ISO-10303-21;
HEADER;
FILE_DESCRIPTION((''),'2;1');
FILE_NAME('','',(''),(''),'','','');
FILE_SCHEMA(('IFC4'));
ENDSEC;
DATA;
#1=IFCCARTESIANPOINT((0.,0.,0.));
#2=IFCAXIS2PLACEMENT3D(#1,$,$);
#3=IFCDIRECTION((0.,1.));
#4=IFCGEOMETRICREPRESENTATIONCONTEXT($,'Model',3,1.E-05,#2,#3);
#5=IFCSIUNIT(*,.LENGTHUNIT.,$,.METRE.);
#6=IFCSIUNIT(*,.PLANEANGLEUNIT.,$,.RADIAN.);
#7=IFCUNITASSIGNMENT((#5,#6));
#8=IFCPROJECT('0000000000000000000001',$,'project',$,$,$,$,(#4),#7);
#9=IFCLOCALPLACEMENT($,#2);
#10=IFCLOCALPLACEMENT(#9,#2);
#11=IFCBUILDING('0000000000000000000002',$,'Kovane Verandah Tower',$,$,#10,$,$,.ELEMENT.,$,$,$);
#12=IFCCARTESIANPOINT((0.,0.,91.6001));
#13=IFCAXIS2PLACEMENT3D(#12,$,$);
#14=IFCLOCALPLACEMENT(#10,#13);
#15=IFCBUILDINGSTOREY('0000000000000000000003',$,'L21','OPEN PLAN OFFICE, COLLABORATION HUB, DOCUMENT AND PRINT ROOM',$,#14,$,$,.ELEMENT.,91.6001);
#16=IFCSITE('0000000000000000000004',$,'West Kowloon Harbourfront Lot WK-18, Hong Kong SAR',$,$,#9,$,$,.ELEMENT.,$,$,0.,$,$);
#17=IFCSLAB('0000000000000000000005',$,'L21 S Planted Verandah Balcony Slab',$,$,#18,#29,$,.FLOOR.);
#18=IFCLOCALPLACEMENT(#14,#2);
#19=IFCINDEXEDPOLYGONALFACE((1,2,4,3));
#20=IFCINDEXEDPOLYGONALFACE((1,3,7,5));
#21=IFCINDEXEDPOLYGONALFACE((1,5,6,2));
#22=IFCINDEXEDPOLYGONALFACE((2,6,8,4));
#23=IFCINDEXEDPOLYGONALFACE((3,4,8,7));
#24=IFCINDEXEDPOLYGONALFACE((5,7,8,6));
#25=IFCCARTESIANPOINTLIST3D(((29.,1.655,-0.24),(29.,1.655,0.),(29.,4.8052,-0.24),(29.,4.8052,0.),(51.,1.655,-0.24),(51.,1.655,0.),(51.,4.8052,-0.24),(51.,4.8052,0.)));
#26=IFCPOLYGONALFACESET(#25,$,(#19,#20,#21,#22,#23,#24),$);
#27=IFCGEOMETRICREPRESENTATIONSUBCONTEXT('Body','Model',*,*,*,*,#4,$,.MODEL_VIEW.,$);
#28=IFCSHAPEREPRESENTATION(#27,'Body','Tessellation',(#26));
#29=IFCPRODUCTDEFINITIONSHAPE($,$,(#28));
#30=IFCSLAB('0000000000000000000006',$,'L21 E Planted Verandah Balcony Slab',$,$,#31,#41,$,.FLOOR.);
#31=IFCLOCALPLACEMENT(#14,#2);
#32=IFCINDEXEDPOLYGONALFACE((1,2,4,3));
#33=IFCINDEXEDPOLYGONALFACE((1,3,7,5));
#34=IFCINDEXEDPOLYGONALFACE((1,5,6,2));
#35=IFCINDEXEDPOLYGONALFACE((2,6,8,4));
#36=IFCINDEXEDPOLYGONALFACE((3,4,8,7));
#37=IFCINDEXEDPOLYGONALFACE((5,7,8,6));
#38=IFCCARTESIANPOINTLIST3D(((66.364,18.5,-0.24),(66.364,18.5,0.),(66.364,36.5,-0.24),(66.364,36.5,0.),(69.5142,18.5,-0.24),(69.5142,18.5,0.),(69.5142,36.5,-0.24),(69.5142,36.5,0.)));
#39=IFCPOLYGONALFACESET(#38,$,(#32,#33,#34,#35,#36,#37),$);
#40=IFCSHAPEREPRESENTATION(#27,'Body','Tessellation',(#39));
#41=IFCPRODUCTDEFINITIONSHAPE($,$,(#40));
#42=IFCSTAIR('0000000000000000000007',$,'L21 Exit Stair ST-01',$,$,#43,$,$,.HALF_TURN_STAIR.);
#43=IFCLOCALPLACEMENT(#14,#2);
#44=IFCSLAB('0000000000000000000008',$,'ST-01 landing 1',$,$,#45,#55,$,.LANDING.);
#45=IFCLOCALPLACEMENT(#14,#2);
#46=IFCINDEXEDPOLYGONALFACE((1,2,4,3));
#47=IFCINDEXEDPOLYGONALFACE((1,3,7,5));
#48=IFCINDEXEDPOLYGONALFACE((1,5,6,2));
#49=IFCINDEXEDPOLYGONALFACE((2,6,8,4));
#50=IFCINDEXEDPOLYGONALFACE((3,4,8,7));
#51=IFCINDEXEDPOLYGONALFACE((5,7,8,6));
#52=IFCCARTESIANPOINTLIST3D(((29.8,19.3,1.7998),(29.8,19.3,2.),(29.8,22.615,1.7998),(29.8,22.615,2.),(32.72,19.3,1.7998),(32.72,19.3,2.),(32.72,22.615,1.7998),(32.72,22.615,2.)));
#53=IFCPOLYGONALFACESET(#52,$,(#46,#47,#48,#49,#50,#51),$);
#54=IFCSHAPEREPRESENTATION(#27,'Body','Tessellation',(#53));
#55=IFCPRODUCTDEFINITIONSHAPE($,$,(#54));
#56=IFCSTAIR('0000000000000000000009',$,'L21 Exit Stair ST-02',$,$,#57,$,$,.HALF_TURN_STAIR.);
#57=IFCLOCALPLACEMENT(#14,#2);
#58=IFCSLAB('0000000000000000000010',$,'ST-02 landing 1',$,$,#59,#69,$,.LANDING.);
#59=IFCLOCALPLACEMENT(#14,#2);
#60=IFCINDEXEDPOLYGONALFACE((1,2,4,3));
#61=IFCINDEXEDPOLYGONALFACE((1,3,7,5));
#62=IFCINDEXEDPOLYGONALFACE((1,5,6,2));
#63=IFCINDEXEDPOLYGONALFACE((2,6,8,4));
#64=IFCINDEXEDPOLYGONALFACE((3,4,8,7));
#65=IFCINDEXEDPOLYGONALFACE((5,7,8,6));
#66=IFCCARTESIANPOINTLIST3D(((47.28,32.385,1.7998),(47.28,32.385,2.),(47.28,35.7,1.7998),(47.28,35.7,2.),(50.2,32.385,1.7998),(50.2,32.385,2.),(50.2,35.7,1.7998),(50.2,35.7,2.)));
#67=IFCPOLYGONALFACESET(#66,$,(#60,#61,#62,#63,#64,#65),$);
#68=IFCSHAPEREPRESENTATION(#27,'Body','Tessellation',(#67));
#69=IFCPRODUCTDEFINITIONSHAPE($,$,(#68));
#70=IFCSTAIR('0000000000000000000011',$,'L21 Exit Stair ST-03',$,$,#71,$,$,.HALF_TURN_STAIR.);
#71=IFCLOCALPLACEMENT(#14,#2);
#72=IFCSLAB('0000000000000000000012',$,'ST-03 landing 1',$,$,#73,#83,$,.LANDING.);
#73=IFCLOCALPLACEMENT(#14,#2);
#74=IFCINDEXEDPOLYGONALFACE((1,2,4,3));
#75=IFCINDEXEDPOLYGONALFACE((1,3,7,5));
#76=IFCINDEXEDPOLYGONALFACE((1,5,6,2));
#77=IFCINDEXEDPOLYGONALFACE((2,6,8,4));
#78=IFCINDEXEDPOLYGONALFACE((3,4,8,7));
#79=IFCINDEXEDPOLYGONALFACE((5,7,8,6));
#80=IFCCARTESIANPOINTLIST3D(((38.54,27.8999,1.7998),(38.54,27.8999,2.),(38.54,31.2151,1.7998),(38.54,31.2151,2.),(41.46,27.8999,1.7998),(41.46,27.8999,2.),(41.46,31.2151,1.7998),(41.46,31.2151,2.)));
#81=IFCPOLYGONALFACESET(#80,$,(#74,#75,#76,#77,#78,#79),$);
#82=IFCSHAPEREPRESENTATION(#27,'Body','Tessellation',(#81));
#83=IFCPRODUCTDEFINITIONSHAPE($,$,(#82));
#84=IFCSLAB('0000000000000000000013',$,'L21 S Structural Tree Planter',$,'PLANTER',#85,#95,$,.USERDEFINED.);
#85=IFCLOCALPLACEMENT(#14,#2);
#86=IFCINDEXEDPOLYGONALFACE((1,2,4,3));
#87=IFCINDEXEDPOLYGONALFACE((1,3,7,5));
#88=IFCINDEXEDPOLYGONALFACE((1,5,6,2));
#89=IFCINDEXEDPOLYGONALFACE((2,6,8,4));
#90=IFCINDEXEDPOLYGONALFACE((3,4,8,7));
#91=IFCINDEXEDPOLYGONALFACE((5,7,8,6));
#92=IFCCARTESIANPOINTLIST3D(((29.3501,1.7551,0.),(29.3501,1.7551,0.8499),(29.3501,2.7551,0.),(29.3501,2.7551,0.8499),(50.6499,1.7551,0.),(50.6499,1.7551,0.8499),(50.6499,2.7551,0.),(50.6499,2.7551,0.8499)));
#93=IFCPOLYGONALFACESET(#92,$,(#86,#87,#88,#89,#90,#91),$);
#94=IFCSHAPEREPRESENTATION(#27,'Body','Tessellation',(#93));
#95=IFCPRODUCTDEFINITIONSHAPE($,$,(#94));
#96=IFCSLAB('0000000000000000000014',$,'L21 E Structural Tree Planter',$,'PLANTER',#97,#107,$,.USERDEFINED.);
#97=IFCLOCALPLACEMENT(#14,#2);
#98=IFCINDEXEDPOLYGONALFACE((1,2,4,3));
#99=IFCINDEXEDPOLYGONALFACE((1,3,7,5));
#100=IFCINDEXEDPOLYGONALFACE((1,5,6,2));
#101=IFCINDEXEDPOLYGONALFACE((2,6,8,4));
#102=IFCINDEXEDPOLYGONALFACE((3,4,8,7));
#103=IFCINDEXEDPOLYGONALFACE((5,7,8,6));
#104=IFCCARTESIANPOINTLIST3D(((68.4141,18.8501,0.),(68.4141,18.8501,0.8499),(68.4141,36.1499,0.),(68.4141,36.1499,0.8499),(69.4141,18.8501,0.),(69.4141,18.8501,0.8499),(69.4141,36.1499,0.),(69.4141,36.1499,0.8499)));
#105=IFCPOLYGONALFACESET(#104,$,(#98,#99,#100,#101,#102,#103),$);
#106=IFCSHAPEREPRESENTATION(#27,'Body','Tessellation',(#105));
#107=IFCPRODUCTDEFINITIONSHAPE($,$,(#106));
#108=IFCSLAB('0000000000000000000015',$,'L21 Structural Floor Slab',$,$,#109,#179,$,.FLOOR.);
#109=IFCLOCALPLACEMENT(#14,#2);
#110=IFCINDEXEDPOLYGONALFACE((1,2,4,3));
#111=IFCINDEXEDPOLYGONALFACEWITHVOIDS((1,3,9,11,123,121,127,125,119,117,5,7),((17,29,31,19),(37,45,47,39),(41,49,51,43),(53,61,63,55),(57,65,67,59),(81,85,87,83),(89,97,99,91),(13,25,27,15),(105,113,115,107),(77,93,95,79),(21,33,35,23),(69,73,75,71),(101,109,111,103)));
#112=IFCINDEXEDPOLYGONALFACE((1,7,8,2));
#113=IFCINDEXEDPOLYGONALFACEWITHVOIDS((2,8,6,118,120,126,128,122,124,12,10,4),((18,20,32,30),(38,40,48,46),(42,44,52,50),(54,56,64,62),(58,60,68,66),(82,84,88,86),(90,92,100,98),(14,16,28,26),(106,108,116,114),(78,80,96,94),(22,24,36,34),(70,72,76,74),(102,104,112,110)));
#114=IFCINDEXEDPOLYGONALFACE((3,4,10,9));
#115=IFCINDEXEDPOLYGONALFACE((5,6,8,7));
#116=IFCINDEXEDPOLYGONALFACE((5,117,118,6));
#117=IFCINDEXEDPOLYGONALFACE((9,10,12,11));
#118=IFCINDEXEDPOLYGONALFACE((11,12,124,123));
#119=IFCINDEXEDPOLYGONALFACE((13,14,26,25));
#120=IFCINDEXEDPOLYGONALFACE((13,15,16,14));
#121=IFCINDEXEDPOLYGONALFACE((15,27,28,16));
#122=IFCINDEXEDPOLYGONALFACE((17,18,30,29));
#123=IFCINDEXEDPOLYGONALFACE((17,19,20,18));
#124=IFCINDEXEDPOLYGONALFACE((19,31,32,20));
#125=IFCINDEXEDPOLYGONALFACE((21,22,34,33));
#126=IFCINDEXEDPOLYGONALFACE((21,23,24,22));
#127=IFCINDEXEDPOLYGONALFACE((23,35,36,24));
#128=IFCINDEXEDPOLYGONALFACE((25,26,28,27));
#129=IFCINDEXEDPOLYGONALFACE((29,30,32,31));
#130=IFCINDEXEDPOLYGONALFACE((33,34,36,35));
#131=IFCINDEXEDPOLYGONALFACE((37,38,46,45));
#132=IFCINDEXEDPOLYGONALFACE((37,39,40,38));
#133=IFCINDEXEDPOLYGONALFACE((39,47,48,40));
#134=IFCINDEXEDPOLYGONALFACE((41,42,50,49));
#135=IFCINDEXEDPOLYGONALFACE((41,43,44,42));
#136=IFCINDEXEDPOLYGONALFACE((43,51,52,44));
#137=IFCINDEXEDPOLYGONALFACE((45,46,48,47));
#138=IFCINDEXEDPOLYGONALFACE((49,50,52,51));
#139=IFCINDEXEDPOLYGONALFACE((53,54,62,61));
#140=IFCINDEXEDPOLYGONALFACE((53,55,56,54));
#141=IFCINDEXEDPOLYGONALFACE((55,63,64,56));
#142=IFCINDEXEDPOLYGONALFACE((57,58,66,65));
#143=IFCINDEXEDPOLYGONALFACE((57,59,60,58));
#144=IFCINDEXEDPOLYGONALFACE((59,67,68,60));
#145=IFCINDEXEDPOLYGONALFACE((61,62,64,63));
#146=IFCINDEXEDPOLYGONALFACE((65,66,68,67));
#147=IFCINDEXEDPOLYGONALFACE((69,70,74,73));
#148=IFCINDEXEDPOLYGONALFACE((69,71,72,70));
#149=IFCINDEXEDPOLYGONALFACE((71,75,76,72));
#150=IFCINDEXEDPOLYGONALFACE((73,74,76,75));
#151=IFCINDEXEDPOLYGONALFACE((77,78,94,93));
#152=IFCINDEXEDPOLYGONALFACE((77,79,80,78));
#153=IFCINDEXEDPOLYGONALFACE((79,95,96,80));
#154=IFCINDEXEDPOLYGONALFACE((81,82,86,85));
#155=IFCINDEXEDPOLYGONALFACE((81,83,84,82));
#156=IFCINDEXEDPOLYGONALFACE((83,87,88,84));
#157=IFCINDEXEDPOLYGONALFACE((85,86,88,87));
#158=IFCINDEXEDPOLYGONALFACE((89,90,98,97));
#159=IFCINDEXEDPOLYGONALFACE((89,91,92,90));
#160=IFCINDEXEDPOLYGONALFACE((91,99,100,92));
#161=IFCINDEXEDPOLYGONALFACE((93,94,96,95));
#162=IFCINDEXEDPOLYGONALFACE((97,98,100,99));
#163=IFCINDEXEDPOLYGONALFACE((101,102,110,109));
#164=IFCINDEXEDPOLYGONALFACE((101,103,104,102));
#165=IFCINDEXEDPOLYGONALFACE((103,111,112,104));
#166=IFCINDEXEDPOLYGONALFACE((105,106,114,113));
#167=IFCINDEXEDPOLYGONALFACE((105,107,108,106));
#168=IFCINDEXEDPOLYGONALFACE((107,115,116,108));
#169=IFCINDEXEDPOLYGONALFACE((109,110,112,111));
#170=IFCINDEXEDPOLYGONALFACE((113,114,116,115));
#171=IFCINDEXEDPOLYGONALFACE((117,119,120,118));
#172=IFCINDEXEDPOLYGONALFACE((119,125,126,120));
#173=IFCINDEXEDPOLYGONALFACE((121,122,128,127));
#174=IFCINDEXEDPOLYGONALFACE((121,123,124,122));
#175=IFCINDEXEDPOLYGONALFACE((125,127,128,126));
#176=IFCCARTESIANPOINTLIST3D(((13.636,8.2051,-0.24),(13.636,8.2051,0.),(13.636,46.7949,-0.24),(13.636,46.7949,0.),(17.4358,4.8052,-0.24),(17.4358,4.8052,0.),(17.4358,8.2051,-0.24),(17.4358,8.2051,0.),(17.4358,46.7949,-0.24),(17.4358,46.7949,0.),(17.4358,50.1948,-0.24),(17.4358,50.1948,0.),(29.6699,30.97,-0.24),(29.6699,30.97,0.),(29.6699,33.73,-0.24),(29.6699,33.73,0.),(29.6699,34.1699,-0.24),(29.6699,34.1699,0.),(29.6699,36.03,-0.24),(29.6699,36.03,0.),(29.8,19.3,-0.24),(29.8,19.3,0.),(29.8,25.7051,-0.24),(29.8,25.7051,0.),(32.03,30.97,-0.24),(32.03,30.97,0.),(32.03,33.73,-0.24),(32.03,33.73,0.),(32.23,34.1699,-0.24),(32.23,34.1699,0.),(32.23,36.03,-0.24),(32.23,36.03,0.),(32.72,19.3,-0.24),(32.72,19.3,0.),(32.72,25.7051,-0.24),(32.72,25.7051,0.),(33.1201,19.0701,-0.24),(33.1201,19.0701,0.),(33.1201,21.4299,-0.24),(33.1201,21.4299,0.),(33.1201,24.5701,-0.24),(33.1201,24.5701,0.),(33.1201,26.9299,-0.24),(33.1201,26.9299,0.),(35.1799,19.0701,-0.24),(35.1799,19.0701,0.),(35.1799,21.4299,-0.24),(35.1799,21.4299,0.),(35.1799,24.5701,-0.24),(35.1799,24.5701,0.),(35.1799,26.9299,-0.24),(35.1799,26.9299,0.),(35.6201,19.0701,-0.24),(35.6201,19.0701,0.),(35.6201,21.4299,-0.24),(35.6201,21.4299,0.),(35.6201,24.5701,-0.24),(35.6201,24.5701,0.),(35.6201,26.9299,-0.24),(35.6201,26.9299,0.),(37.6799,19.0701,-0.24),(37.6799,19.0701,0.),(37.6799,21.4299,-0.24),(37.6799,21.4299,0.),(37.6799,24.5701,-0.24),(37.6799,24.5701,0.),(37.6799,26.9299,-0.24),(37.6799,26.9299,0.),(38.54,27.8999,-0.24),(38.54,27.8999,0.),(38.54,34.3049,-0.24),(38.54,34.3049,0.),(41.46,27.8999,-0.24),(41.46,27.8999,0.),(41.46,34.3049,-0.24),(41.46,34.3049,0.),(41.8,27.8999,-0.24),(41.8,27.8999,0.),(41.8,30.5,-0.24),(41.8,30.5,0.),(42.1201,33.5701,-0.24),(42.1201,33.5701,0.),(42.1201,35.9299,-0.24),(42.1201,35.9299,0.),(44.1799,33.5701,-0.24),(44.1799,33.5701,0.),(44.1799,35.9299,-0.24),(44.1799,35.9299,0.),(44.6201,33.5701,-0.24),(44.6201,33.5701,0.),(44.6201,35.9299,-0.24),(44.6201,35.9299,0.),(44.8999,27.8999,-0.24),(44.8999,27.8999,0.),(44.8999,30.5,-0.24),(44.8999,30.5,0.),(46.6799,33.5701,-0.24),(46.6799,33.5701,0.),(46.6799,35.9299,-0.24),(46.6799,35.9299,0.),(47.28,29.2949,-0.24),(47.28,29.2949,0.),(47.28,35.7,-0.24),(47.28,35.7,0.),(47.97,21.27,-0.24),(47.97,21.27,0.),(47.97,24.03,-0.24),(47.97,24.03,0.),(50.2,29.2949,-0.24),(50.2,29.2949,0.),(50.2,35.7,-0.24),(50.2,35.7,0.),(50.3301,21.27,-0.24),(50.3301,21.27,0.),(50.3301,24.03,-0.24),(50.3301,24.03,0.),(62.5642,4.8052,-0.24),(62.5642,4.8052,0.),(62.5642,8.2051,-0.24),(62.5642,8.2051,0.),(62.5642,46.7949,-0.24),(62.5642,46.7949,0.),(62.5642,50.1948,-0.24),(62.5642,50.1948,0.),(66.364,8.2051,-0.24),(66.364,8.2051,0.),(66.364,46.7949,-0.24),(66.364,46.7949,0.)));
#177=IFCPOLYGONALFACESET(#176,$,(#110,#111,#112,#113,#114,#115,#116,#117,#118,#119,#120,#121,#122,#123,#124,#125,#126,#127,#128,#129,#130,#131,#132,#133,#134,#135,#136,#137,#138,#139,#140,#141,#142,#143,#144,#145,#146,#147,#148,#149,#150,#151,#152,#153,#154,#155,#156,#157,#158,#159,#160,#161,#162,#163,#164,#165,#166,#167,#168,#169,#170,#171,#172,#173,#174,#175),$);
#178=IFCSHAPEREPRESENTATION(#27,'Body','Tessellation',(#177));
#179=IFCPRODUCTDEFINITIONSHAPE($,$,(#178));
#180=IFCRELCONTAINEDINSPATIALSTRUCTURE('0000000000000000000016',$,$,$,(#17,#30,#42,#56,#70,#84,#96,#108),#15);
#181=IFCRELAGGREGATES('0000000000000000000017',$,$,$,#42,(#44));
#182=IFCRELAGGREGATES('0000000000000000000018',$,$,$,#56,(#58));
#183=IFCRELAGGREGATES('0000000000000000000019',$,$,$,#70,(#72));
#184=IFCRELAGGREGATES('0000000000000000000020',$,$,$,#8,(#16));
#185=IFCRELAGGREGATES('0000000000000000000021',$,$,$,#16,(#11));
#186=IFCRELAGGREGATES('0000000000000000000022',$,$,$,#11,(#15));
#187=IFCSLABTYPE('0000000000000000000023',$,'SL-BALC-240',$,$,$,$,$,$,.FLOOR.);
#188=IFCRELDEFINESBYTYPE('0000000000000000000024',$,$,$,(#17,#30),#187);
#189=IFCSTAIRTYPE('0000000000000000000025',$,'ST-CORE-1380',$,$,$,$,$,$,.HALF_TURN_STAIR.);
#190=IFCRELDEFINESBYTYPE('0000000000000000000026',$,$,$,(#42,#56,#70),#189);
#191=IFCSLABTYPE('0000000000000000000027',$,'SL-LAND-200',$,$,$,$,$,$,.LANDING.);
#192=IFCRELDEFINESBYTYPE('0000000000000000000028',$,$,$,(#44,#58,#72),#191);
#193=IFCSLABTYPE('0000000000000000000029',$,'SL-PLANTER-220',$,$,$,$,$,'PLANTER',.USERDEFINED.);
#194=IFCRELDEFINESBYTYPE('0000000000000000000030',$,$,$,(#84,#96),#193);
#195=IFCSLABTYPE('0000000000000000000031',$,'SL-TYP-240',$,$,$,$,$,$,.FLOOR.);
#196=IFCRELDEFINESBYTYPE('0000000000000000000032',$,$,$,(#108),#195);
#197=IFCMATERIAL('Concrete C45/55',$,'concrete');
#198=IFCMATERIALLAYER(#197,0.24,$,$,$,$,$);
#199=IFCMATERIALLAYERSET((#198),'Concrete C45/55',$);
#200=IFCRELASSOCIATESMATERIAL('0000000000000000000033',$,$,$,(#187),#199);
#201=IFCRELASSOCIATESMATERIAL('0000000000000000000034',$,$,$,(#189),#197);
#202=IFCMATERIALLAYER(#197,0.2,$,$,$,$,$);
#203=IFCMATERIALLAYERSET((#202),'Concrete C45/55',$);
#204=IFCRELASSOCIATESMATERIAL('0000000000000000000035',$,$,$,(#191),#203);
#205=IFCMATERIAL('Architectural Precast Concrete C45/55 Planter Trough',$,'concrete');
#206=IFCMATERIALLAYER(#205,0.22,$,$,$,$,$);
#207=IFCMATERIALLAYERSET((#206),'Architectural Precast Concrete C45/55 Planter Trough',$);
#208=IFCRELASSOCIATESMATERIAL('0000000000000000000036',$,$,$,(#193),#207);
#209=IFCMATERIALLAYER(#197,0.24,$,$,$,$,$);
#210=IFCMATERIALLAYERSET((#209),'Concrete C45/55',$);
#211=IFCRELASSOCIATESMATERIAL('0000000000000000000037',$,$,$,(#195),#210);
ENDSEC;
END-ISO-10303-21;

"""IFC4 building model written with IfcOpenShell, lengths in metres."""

from ifc_helpers import new_model, si_unit, direction, frame, origin, place, context, subcontext, project, spatial, polyline, outline, extrude, material, layer, layer_set, type_object, element, aggregate, save


model = new_model("IFC4")

# Units and contexts
model_context = context("Model", 3, precision=1e-05, world=origin(), true_north=direction((0.0, 1.0)))
body_context = subcontext(model_context, "Body", "Model", "MODEL_VIEW")
ifc_project = project(units=[si_unit("LENGTHUNIT", "METRE"), si_unit("PLANEANGLEUNIT", "RADIAN")], contexts=[model_context])

# Site, building, storey
site_placement = place(None, origin())
site = spatial("IfcSite", under=ifc_project, at=site_placement, Name="West Kowloon Harbourfront Lot WK-18, Hong Kong SAR", CompositionType="ELEMENT", RefElevation=0.0)
building_placement = place(site_placement, origin())
building = spatial("IfcBuilding", under=site, at=building_placement, Name="Kovane Verandah Tower", CompositionType="ELEMENT")
storey_placement = place(building_placement, frame((0.0, 0.0, 91.6001)))
storey = spatial("IfcBuildingStorey", under=building, at=storey_placement, Name="L21", Description="OPEN PLAN OFFICE, COLLABORATION HUB, DOCUMENT AND PRINT ROOM", CompositionType="ELEMENT", Elevation=91.6001)

# Slabs
ifc_material_1 = material(Name="Concrete C45/55", Category="concrete")
ifc_layer_1 = layer(ifc_material_1, 0.24)
ifc_layer_set_1 = layer_set([ifc_layer_1], Name="Concrete C45/55")
slab_type_1 = type_object("IfcSlabType", Name="SL-BALC-240", PredefinedType="FLOOR", material=ifc_layer_set_1)
slab_1_placement = place(storey_placement, frame((0.0, 0.0, -0.24)))
element("IfcSlab", 1, at=slab_1_placement, inside=storey, type_object=slab_type_1, Name="L21 S Planted Verandah Balcony Slab", PredefinedType="FLOOR", context=body_context, shape_type="SweptSolid", body=[
    extrude(outline(polyline([(29.0, 1.655), (51.0, 1.655), (51.0, 4.8052), (29.0, 4.8052), (29.0, 1.655)])), origin(), (0.0, 0.0, 1.0), 0.24),
])
slab_2_placement = place(storey_placement, frame((0.0, 0.0, -0.24)))
element("IfcSlab", 2, at=slab_2_placement, inside=storey, type_object=slab_type_1, Name="L21 E Planted Verandah Balcony Slab", PredefinedType="FLOOR", context=body_context, shape_type="SweptSolid", body=[
    extrude(outline(polyline([(66.364, 18.5), (69.5142, 18.5), (69.5142, 36.5), (66.364, 36.5), (66.364, 18.5)])), origin(), (0.0, 0.0, 1.0), 0.24),
])

# Stairs, slabs
stair_type = type_object("IfcStairType", Name="ST-CORE-1380", PredefinedType="HALF_TURN_STAIR", material=ifc_material_1)
stair_1_placement = place(storey_placement, origin())
stair_1 = element("IfcStair", 3, at=stair_1_placement, inside=storey, type_object=stair_type, Name="L21 Exit Stair ST-01", PredefinedType="HALF_TURN_STAIR")
ifc_layer_2 = layer(ifc_material_1, 0.2)
ifc_layer_set_2 = layer_set([ifc_layer_2], Name="Concrete C45/55")
slab_type_2 = type_object("IfcSlabType", Name="SL-LAND-200", PredefinedType="LANDING", material=ifc_layer_set_2)
slab_3_placement = place(storey_placement, frame((0.0, 0.0, 1.7998)))
slab_3 = element("IfcSlab", 4, at=slab_3_placement, type_object=slab_type_2, Name="ST-01 landing 1", PredefinedType="LANDING", context=body_context, shape_type="SweptSolid", body=[
    extrude(outline(polyline([(29.8, 22.615), (29.8, 19.3), (32.72, 19.3), (32.72, 22.615), (29.8, 22.615)])), origin(), (0.0, 0.0, 1.0), 0.2002),
])
aggregate(stair_1, [slab_3])
stair_2_placement = place(storey_placement, origin())
stair_2 = element("IfcStair", 5, at=stair_2_placement, inside=storey, type_object=stair_type, Name="L21 Exit Stair ST-02", PredefinedType="HALF_TURN_STAIR")
slab_4_placement = place(storey_placement, frame((0.0, 0.0, 1.7998)))
slab_4 = element("IfcSlab", 6, at=slab_4_placement, type_object=slab_type_2, Name="ST-02 landing 1", PredefinedType="LANDING", context=body_context, shape_type="SweptSolid", body=[
    extrude(outline(polyline([(50.2, 32.385), (50.2, 35.7), (47.28, 35.7), (47.28, 32.385), (50.2, 32.385)])), origin(), (0.0, 0.0, 1.0), 0.2002),
])
aggregate(stair_2, [slab_4])
stair_3_placement = place(storey_placement, origin())
stair_3 = element("IfcStair", 7, at=stair_3_placement, inside=storey, type_object=stair_type, Name="L21 Exit Stair ST-03", PredefinedType="HALF_TURN_STAIR")
slab_5_placement = place(storey_placement, frame((0.0, 0.0, 1.7998)))
slab_5 = element("IfcSlab", 8, at=slab_5_placement, type_object=slab_type_2, Name="ST-03 landing 1", PredefinedType="LANDING", context=body_context, shape_type="SweptSolid", body=[
    extrude(outline(polyline([(38.54, 31.2151), (38.54, 27.8999), (41.46, 27.8999), (41.46, 31.2151), (38.54, 31.2151)])), origin(), (0.0, 0.0, 1.0), 0.2002),
])
aggregate(stair_3, [slab_5])

# Slabs
ifc_material_2 = material(Name="Architectural Precast Concrete C45/55 Planter Trough", Category="concrete")
ifc_layer_3 = layer(ifc_material_2, 0.22)
ifc_layer_set_3 = layer_set([ifc_layer_3], Name="Architectural Precast Concrete C45/55 Planter Trough")
slab_type_3 = type_object("IfcSlabType", Name="SL-PLANTER-220", ElementType="PLANTER", PredefinedType="USERDEFINED", material=ifc_layer_set_3)
slab_6_placement = place(storey_placement, origin())
element("IfcSlab", 9, at=slab_6_placement, inside=storey, type_object=slab_type_3, Name="L21 S Structural Tree Planter", ObjectType="PLANTER", PredefinedType="USERDEFINED", context=body_context, shape_type="SweptSolid", body=[
    extrude(outline(polyline([(29.3501, 1.7551), (50.6499, 1.7551), (50.6499, 2.7551), (29.3501, 2.7551), (29.3501, 1.7551)])), origin(), (0.0, 0.0, 1.0), 0.8499),
])
slab_7_placement = place(storey_placement, origin())
element("IfcSlab", 10, at=slab_7_placement, inside=storey, type_object=slab_type_3, Name="L21 E Structural Tree Planter", ObjectType="PLANTER", PredefinedType="USERDEFINED", context=body_context, shape_type="SweptSolid", body=[
    extrude(outline(polyline([(68.4141, 18.8501), (69.4141, 18.8501), (69.4141, 36.1499), (68.4141, 36.1499), (68.4141, 18.8501)])), origin(), (0.0, 0.0, 1.0), 0.8499),
])
ifc_layer_4 = layer(ifc_material_1, 0.24)
ifc_layer_set_4 = layer_set([ifc_layer_4], Name="Concrete C45/55")
slab_type_4 = type_object("IfcSlabType", Name="SL-TYP-240", PredefinedType="FLOOR", material=ifc_layer_set_4)
slab_8_placement = place(storey_placement, frame((0.0, 0.0, -0.24)))
element("IfcSlab", 11, at=slab_8_placement, inside=storey, type_object=slab_type_4, Name="L21 Structural Floor Slab", PredefinedType="FLOOR", context=body_context, shape_type="SweptSolid", body=[
    extrude(outline(polyline([(17.4358, 4.8052), (62.5642, 4.8052), (62.5642, 8.2051), (66.364, 8.2051), (66.364, 46.7949), (62.5642, 46.7949), (62.5642, 50.1948), (17.4358, 50.1948), (17.4358, 46.7949), (13.636, 46.7949), (13.636, 8.2051), (17.4358, 8.2051), (17.4358, 4.8052)]), holes=[polyline([(29.8, 19.3), (32.72, 19.3), (32.72, 25.7051), (29.8, 25.7051), (29.8, 19.3)]), polyline([(47.28, 29.2949), (50.2, 29.2949), (50.2, 35.7), (47.28, 35.7), (47.28, 29.2949)]), polyline([(38.54, 27.8999), (41.46, 27.8999), (41.46, 34.3049), (38.54, 34.3049), (38.54, 27.8999)]), polyline([(29.6699, 30.97), (32.03, 30.97), (32.03, 33.73), (29.6699, 33.73), (29.6699, 30.97)]), polyline([(47.97, 21.27), (50.3301, 21.27), (50.3301, 24.03), (47.97, 24.03), (47.97, 21.27)]), polyline([(29.6699, 34.1699), (32.23, 34.1699), (32.23, 36.03), (29.6699, 36.03), (29.6699, 34.1699)]), polyline([(33.1201, 19.0701), (35.1799, 19.0701), (35.1799, 21.4299), (33.1201, 21.4299), (33.1201, 19.0701)]), polyline([(35.6201, 19.0701), (37.6799, 19.0701), (37.6799, 21.4299), (35.6201, 21.4299), (35.6201, 19.0701)]), polyline([(33.1201, 24.5701), (35.1799, 24.5701), (35.1799, 26.9299), (33.1201, 26.9299), (33.1201, 24.5701)]), polyline([(35.6201, 24.5701), (37.6799, 24.5701), (37.6799, 26.9299), (35.6201, 26.9299), (35.6201, 24.5701)]), polyline([(42.1201, 33.5701), (44.1799, 33.5701), (44.1799, 35.9299), (42.1201, 35.9299), (42.1201, 33.5701)]), polyline([(44.6201, 33.5701), (46.6799, 33.5701), (46.6799, 35.9299), (44.6201, 35.9299), (44.6201, 33.5701)]), polyline([(41.8, 27.8999), (44.8999, 27.8999), (44.8999, 30.5), (41.8, 30.5), (41.8, 27.8999)])]), origin(), (0.0, 0.0, 1.0), 0.24),
])

save(model, "model.ifc")
